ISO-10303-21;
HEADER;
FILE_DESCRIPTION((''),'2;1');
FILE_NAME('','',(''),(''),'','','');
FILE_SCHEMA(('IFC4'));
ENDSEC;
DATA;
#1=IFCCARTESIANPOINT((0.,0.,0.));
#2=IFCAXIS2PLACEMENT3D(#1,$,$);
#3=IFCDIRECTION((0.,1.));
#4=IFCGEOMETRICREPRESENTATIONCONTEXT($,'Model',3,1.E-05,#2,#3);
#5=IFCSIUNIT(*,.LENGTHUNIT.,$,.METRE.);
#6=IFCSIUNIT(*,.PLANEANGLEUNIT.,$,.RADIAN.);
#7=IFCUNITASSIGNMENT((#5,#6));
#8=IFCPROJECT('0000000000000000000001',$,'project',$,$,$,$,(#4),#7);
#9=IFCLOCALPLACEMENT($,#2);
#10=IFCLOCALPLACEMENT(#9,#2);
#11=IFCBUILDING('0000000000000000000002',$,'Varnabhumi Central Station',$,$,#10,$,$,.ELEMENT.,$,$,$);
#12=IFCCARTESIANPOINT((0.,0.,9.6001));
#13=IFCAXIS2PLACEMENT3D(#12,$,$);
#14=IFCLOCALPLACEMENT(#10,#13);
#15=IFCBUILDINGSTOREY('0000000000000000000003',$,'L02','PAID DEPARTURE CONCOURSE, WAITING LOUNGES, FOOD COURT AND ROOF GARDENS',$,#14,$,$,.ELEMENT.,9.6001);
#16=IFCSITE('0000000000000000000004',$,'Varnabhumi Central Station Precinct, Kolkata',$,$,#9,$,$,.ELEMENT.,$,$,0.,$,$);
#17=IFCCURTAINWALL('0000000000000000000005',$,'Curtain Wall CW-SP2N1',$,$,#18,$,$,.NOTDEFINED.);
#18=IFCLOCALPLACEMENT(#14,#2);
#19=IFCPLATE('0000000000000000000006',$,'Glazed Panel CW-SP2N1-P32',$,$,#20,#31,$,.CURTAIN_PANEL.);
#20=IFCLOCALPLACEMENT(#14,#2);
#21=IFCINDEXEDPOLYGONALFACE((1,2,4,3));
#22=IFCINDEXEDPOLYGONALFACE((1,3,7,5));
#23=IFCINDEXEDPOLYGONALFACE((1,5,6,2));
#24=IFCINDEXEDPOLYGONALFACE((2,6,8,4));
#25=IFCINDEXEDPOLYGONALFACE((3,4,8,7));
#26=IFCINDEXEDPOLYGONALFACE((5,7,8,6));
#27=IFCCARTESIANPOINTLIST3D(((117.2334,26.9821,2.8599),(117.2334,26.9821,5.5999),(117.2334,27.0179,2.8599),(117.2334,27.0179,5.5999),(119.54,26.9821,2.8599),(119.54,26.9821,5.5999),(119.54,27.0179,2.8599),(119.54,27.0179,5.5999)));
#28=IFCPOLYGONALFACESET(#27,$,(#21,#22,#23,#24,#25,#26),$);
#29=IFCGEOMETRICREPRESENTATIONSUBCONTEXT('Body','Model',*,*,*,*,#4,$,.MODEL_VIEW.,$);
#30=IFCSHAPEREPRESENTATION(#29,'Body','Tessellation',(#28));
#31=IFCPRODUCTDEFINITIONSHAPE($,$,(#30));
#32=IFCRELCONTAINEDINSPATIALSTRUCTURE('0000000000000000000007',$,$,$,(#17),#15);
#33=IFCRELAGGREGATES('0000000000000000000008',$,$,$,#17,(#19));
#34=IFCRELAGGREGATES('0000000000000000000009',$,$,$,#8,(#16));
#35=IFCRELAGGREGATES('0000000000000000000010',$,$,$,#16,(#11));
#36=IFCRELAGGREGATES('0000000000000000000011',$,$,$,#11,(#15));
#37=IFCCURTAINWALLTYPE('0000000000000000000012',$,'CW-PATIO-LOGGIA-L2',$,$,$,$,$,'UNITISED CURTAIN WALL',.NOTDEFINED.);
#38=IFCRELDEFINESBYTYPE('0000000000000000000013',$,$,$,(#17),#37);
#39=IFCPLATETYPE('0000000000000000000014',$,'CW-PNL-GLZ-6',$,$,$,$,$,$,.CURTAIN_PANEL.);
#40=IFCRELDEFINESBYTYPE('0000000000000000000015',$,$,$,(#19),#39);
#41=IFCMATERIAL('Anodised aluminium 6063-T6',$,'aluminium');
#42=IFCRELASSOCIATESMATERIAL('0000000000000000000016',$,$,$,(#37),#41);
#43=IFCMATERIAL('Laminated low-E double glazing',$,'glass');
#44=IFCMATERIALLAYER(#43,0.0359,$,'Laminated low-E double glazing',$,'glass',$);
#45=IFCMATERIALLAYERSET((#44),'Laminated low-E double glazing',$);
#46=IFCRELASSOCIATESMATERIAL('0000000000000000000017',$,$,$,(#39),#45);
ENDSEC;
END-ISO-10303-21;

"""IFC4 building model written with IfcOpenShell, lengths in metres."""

from ifc_helpers import new_model, si_unit, direction, frame, origin, origin_2d, place, context, subcontext, project, spatial, rectangle, extrude, material, layer, layer_set, type_object, element, aggregate, save


model = new_model("IFC4")

# Units and contexts
model_context = context("Model", 3, precision=1e-05, world=origin(), true_north=direction((0.0, 1.0)))
body_context = subcontext(model_context, "Body", "Model", "MODEL_VIEW")
ifc_project = project(units=[si_unit("LENGTHUNIT", "METRE"), si_unit("PLANEANGLEUNIT", "RADIAN")], contexts=[model_context])

# Site, building, storey
site_placement = place(None, origin())
site = spatial("IfcSite", under=ifc_project, at=site_placement, Name="Varnabhumi Central Station Precinct, Kolkata", CompositionType="ELEMENT", RefElevation=0.0)
building_placement = place(site_placement, origin())
building = spatial("IfcBuilding", under=site, at=building_placement, Name="Varnabhumi Central Station", CompositionType="ELEMENT")
storey_placement = place(building_placement, frame((0.0, 0.0, 9.6001)))
storey = spatial("IfcBuildingStorey", under=building, at=storey_placement, Name="L02", Description="PAID DEPARTURE CONCOURSE, WAITING LOUNGES, FOOD COURT AND ROOF GARDENS", CompositionType="ELEMENT", Elevation=9.6001)

# Curtain wall
ifc_material_1 = material(Name="Anodised aluminium 6063-T6", Category="aluminium")
curtain_wall_type = type_object("IfcCurtainWallType", Name="CW-PATIO-LOGGIA-L2", ElementType="UNITISED CURTAIN WALL", PredefinedType="NOTDEFINED", material=ifc_material_1)
curtain_wall_1_placement = place(storey_placement, origin())
curtain_wall_1 = element("IfcCurtainWall", 1, at=curtain_wall_1_placement, inside=storey, type_object=curtain_wall_type, Name="Curtain Wall CW-SP2N1", PredefinedType="NOTDEFINED")

# Plate
ifc_material_2 = material(Name="Laminated low-E double glazing", Category="glass")
ifc_layer_1 = layer(ifc_material_2, 0.0359, Name="Laminated low-E double glazing", Category="glass")
ifc_layer_set_1 = layer_set([ifc_layer_1], Name="Laminated low-E double glazing")
plate_type_1 = type_object("IfcPlateType", Name="CW-PNL-GLZ-6", PredefinedType="CURTAIN_PANEL", material=ifc_layer_set_1)
plate_1_placement = place(storey_placement, frame((118.3867, 27.0, 2.8599), z_axis=(0.0, 0.0, 1.0), x_axis=(1.0, 0.0, 0.0)))
plate_1 = element("IfcPlate", 2, at=plate_1_placement, type_object=plate_type_1, Name="Glazed Panel CW-SP2N1-P32", PredefinedType="CURTAIN_PANEL", context=body_context, shape_type="SweptSolid", body=[
    extrude(rectangle(XDim=2.3066, YDim=0.0359, at=origin_2d()), origin(), (0.0, 0.0, 1.0), 2.74),
])
aggregate(curtain_wall_1, [plate_1])

save(model, "model.ifc")
